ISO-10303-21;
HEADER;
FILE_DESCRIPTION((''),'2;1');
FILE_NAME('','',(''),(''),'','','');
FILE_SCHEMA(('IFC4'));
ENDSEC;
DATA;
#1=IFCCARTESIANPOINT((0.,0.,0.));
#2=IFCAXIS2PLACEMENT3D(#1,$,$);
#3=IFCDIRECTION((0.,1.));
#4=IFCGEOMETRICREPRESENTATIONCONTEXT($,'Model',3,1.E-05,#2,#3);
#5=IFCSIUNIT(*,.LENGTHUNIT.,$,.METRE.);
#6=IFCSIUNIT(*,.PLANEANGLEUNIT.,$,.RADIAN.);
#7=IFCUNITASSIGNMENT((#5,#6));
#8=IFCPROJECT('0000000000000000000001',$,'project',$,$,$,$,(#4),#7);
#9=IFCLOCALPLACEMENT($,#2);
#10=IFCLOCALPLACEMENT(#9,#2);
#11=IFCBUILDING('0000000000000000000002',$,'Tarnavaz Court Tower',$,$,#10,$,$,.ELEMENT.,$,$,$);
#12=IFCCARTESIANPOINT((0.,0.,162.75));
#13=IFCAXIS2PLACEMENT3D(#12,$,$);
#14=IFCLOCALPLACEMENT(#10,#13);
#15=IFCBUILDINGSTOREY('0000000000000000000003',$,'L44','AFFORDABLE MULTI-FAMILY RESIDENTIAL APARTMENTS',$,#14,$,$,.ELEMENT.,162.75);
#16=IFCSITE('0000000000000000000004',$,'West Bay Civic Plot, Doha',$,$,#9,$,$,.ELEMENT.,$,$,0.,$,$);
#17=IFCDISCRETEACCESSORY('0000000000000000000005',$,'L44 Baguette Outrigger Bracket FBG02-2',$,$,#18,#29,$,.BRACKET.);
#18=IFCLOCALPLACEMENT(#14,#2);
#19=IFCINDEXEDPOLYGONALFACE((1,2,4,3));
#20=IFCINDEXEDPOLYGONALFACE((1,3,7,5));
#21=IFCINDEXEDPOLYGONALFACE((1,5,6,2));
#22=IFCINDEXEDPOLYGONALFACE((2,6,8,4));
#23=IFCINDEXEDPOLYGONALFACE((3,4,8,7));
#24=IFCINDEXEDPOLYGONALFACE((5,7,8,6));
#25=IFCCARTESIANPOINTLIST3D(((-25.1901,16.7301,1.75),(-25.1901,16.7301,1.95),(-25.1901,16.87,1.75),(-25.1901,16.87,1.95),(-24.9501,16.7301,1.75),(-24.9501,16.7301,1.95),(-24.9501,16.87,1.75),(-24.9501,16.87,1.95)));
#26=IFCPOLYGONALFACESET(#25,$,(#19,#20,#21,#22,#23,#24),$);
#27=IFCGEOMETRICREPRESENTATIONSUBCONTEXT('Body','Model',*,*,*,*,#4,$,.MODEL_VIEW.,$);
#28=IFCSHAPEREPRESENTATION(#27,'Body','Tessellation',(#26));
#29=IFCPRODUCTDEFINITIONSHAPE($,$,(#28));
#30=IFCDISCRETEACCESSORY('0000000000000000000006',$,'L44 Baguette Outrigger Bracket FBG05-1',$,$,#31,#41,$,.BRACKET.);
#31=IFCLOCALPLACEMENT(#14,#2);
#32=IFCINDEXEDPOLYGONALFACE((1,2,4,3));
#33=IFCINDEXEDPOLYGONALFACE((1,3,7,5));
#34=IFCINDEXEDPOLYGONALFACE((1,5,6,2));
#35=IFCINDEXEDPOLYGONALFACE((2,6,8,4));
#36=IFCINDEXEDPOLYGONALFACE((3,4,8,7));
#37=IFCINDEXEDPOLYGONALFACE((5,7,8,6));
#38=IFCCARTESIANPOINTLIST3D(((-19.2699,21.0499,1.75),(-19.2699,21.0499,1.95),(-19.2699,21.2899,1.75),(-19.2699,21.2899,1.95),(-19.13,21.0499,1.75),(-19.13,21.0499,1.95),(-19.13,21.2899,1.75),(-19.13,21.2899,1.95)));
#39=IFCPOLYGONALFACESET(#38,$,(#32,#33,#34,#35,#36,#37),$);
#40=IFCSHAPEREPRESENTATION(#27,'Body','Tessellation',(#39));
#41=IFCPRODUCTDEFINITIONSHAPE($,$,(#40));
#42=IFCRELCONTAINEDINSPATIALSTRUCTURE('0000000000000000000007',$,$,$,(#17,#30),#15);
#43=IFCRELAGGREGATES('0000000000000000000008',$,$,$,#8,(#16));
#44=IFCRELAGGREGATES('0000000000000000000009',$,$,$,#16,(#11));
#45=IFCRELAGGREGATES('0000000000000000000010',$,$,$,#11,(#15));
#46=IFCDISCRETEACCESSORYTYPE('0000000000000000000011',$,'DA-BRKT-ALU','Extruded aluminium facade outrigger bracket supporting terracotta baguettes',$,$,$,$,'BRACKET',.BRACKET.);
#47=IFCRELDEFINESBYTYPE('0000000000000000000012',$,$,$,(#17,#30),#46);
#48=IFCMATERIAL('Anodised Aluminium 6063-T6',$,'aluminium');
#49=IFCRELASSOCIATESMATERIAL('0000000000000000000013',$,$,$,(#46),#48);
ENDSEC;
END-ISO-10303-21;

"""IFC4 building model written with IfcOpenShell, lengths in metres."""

from ifc_helpers import new_model, si_unit, direction, frame, origin, origin_2d, place, context, subcontext, project, spatial, rectangle, extrude, material, type_object, element, save


model = new_model("IFC4")

# Units and contexts
model_context = context("Model", 3, precision=1e-05, world=origin(), true_north=direction((0.0, 1.0)))
body_context = subcontext(model_context, "Body", "Model", "MODEL_VIEW")
ifc_project = project(units=[si_unit("LENGTHUNIT", "METRE"), si_unit("PLANEANGLEUNIT", "RADIAN")], contexts=[model_context])

# Site, building, storey
site_placement = place(None, origin())
site = spatial("IfcSite", under=ifc_project, at=site_placement, Name="West Bay Civic Plot, Doha", CompositionType="ELEMENT", RefElevation=0.0)
building_placement = place(site_placement, origin())
building = spatial("IfcBuilding", under=site, at=building_placement, Name="Tarnavaz Court Tower", CompositionType="ELEMENT")
storey_placement = place(building_placement, frame((0.0, 0.0, 162.75)))
storey = spatial("IfcBuildingStorey", under=building, at=storey_placement, Name="L44", Description="AFFORDABLE MULTI-FAMILY RESIDENTIAL APARTMENTS", CompositionType="ELEMENT", Elevation=162.75)

# Discrete accessories
ifc_material_1 = material(Name="Anodised Aluminium 6063-T6", Category="aluminium")
discrete_accessory_type = type_object("IfcDiscreteAccessoryType", Name="DA-BRKT-ALU", Description="Extruded aluminium facade outrigger bracket supporting terracotta baguettes", ElementType="BRACKET", PredefinedType="BRACKET", material=ifc_material_1)
for number, where, z_axis, x_axis, name in (
    (1, (-25.0701, 16.8, 1.75), (0.0, 0.0, 1.0), (0.0, 1.0, 0.0), "L44 Baguette Outrigger Bracket FBG02-2"),
    (2, (-19.2, 21.1699, 1.75), (0.0, 0.0, 1.0), (1.0, 0.0, 0.0), "L44 Baguette Outrigger Bracket FBG05-1"),
):
    element("IfcDiscreteAccessory", number, at=place(storey_placement, frame(where, z_axis=z_axis, x_axis=x_axis)), inside=storey, type_object=discrete_accessory_type, Name=name, PredefinedType="BRACKET", context=body_context, shape_type="SweptSolid", body=[
        extrude(rectangle(XDim=0.1399, YDim=0.24, at=origin_2d()), origin(), (0.0, 0.0, 1.0), 0.2),
    ])

save(model, "model.ifc")
